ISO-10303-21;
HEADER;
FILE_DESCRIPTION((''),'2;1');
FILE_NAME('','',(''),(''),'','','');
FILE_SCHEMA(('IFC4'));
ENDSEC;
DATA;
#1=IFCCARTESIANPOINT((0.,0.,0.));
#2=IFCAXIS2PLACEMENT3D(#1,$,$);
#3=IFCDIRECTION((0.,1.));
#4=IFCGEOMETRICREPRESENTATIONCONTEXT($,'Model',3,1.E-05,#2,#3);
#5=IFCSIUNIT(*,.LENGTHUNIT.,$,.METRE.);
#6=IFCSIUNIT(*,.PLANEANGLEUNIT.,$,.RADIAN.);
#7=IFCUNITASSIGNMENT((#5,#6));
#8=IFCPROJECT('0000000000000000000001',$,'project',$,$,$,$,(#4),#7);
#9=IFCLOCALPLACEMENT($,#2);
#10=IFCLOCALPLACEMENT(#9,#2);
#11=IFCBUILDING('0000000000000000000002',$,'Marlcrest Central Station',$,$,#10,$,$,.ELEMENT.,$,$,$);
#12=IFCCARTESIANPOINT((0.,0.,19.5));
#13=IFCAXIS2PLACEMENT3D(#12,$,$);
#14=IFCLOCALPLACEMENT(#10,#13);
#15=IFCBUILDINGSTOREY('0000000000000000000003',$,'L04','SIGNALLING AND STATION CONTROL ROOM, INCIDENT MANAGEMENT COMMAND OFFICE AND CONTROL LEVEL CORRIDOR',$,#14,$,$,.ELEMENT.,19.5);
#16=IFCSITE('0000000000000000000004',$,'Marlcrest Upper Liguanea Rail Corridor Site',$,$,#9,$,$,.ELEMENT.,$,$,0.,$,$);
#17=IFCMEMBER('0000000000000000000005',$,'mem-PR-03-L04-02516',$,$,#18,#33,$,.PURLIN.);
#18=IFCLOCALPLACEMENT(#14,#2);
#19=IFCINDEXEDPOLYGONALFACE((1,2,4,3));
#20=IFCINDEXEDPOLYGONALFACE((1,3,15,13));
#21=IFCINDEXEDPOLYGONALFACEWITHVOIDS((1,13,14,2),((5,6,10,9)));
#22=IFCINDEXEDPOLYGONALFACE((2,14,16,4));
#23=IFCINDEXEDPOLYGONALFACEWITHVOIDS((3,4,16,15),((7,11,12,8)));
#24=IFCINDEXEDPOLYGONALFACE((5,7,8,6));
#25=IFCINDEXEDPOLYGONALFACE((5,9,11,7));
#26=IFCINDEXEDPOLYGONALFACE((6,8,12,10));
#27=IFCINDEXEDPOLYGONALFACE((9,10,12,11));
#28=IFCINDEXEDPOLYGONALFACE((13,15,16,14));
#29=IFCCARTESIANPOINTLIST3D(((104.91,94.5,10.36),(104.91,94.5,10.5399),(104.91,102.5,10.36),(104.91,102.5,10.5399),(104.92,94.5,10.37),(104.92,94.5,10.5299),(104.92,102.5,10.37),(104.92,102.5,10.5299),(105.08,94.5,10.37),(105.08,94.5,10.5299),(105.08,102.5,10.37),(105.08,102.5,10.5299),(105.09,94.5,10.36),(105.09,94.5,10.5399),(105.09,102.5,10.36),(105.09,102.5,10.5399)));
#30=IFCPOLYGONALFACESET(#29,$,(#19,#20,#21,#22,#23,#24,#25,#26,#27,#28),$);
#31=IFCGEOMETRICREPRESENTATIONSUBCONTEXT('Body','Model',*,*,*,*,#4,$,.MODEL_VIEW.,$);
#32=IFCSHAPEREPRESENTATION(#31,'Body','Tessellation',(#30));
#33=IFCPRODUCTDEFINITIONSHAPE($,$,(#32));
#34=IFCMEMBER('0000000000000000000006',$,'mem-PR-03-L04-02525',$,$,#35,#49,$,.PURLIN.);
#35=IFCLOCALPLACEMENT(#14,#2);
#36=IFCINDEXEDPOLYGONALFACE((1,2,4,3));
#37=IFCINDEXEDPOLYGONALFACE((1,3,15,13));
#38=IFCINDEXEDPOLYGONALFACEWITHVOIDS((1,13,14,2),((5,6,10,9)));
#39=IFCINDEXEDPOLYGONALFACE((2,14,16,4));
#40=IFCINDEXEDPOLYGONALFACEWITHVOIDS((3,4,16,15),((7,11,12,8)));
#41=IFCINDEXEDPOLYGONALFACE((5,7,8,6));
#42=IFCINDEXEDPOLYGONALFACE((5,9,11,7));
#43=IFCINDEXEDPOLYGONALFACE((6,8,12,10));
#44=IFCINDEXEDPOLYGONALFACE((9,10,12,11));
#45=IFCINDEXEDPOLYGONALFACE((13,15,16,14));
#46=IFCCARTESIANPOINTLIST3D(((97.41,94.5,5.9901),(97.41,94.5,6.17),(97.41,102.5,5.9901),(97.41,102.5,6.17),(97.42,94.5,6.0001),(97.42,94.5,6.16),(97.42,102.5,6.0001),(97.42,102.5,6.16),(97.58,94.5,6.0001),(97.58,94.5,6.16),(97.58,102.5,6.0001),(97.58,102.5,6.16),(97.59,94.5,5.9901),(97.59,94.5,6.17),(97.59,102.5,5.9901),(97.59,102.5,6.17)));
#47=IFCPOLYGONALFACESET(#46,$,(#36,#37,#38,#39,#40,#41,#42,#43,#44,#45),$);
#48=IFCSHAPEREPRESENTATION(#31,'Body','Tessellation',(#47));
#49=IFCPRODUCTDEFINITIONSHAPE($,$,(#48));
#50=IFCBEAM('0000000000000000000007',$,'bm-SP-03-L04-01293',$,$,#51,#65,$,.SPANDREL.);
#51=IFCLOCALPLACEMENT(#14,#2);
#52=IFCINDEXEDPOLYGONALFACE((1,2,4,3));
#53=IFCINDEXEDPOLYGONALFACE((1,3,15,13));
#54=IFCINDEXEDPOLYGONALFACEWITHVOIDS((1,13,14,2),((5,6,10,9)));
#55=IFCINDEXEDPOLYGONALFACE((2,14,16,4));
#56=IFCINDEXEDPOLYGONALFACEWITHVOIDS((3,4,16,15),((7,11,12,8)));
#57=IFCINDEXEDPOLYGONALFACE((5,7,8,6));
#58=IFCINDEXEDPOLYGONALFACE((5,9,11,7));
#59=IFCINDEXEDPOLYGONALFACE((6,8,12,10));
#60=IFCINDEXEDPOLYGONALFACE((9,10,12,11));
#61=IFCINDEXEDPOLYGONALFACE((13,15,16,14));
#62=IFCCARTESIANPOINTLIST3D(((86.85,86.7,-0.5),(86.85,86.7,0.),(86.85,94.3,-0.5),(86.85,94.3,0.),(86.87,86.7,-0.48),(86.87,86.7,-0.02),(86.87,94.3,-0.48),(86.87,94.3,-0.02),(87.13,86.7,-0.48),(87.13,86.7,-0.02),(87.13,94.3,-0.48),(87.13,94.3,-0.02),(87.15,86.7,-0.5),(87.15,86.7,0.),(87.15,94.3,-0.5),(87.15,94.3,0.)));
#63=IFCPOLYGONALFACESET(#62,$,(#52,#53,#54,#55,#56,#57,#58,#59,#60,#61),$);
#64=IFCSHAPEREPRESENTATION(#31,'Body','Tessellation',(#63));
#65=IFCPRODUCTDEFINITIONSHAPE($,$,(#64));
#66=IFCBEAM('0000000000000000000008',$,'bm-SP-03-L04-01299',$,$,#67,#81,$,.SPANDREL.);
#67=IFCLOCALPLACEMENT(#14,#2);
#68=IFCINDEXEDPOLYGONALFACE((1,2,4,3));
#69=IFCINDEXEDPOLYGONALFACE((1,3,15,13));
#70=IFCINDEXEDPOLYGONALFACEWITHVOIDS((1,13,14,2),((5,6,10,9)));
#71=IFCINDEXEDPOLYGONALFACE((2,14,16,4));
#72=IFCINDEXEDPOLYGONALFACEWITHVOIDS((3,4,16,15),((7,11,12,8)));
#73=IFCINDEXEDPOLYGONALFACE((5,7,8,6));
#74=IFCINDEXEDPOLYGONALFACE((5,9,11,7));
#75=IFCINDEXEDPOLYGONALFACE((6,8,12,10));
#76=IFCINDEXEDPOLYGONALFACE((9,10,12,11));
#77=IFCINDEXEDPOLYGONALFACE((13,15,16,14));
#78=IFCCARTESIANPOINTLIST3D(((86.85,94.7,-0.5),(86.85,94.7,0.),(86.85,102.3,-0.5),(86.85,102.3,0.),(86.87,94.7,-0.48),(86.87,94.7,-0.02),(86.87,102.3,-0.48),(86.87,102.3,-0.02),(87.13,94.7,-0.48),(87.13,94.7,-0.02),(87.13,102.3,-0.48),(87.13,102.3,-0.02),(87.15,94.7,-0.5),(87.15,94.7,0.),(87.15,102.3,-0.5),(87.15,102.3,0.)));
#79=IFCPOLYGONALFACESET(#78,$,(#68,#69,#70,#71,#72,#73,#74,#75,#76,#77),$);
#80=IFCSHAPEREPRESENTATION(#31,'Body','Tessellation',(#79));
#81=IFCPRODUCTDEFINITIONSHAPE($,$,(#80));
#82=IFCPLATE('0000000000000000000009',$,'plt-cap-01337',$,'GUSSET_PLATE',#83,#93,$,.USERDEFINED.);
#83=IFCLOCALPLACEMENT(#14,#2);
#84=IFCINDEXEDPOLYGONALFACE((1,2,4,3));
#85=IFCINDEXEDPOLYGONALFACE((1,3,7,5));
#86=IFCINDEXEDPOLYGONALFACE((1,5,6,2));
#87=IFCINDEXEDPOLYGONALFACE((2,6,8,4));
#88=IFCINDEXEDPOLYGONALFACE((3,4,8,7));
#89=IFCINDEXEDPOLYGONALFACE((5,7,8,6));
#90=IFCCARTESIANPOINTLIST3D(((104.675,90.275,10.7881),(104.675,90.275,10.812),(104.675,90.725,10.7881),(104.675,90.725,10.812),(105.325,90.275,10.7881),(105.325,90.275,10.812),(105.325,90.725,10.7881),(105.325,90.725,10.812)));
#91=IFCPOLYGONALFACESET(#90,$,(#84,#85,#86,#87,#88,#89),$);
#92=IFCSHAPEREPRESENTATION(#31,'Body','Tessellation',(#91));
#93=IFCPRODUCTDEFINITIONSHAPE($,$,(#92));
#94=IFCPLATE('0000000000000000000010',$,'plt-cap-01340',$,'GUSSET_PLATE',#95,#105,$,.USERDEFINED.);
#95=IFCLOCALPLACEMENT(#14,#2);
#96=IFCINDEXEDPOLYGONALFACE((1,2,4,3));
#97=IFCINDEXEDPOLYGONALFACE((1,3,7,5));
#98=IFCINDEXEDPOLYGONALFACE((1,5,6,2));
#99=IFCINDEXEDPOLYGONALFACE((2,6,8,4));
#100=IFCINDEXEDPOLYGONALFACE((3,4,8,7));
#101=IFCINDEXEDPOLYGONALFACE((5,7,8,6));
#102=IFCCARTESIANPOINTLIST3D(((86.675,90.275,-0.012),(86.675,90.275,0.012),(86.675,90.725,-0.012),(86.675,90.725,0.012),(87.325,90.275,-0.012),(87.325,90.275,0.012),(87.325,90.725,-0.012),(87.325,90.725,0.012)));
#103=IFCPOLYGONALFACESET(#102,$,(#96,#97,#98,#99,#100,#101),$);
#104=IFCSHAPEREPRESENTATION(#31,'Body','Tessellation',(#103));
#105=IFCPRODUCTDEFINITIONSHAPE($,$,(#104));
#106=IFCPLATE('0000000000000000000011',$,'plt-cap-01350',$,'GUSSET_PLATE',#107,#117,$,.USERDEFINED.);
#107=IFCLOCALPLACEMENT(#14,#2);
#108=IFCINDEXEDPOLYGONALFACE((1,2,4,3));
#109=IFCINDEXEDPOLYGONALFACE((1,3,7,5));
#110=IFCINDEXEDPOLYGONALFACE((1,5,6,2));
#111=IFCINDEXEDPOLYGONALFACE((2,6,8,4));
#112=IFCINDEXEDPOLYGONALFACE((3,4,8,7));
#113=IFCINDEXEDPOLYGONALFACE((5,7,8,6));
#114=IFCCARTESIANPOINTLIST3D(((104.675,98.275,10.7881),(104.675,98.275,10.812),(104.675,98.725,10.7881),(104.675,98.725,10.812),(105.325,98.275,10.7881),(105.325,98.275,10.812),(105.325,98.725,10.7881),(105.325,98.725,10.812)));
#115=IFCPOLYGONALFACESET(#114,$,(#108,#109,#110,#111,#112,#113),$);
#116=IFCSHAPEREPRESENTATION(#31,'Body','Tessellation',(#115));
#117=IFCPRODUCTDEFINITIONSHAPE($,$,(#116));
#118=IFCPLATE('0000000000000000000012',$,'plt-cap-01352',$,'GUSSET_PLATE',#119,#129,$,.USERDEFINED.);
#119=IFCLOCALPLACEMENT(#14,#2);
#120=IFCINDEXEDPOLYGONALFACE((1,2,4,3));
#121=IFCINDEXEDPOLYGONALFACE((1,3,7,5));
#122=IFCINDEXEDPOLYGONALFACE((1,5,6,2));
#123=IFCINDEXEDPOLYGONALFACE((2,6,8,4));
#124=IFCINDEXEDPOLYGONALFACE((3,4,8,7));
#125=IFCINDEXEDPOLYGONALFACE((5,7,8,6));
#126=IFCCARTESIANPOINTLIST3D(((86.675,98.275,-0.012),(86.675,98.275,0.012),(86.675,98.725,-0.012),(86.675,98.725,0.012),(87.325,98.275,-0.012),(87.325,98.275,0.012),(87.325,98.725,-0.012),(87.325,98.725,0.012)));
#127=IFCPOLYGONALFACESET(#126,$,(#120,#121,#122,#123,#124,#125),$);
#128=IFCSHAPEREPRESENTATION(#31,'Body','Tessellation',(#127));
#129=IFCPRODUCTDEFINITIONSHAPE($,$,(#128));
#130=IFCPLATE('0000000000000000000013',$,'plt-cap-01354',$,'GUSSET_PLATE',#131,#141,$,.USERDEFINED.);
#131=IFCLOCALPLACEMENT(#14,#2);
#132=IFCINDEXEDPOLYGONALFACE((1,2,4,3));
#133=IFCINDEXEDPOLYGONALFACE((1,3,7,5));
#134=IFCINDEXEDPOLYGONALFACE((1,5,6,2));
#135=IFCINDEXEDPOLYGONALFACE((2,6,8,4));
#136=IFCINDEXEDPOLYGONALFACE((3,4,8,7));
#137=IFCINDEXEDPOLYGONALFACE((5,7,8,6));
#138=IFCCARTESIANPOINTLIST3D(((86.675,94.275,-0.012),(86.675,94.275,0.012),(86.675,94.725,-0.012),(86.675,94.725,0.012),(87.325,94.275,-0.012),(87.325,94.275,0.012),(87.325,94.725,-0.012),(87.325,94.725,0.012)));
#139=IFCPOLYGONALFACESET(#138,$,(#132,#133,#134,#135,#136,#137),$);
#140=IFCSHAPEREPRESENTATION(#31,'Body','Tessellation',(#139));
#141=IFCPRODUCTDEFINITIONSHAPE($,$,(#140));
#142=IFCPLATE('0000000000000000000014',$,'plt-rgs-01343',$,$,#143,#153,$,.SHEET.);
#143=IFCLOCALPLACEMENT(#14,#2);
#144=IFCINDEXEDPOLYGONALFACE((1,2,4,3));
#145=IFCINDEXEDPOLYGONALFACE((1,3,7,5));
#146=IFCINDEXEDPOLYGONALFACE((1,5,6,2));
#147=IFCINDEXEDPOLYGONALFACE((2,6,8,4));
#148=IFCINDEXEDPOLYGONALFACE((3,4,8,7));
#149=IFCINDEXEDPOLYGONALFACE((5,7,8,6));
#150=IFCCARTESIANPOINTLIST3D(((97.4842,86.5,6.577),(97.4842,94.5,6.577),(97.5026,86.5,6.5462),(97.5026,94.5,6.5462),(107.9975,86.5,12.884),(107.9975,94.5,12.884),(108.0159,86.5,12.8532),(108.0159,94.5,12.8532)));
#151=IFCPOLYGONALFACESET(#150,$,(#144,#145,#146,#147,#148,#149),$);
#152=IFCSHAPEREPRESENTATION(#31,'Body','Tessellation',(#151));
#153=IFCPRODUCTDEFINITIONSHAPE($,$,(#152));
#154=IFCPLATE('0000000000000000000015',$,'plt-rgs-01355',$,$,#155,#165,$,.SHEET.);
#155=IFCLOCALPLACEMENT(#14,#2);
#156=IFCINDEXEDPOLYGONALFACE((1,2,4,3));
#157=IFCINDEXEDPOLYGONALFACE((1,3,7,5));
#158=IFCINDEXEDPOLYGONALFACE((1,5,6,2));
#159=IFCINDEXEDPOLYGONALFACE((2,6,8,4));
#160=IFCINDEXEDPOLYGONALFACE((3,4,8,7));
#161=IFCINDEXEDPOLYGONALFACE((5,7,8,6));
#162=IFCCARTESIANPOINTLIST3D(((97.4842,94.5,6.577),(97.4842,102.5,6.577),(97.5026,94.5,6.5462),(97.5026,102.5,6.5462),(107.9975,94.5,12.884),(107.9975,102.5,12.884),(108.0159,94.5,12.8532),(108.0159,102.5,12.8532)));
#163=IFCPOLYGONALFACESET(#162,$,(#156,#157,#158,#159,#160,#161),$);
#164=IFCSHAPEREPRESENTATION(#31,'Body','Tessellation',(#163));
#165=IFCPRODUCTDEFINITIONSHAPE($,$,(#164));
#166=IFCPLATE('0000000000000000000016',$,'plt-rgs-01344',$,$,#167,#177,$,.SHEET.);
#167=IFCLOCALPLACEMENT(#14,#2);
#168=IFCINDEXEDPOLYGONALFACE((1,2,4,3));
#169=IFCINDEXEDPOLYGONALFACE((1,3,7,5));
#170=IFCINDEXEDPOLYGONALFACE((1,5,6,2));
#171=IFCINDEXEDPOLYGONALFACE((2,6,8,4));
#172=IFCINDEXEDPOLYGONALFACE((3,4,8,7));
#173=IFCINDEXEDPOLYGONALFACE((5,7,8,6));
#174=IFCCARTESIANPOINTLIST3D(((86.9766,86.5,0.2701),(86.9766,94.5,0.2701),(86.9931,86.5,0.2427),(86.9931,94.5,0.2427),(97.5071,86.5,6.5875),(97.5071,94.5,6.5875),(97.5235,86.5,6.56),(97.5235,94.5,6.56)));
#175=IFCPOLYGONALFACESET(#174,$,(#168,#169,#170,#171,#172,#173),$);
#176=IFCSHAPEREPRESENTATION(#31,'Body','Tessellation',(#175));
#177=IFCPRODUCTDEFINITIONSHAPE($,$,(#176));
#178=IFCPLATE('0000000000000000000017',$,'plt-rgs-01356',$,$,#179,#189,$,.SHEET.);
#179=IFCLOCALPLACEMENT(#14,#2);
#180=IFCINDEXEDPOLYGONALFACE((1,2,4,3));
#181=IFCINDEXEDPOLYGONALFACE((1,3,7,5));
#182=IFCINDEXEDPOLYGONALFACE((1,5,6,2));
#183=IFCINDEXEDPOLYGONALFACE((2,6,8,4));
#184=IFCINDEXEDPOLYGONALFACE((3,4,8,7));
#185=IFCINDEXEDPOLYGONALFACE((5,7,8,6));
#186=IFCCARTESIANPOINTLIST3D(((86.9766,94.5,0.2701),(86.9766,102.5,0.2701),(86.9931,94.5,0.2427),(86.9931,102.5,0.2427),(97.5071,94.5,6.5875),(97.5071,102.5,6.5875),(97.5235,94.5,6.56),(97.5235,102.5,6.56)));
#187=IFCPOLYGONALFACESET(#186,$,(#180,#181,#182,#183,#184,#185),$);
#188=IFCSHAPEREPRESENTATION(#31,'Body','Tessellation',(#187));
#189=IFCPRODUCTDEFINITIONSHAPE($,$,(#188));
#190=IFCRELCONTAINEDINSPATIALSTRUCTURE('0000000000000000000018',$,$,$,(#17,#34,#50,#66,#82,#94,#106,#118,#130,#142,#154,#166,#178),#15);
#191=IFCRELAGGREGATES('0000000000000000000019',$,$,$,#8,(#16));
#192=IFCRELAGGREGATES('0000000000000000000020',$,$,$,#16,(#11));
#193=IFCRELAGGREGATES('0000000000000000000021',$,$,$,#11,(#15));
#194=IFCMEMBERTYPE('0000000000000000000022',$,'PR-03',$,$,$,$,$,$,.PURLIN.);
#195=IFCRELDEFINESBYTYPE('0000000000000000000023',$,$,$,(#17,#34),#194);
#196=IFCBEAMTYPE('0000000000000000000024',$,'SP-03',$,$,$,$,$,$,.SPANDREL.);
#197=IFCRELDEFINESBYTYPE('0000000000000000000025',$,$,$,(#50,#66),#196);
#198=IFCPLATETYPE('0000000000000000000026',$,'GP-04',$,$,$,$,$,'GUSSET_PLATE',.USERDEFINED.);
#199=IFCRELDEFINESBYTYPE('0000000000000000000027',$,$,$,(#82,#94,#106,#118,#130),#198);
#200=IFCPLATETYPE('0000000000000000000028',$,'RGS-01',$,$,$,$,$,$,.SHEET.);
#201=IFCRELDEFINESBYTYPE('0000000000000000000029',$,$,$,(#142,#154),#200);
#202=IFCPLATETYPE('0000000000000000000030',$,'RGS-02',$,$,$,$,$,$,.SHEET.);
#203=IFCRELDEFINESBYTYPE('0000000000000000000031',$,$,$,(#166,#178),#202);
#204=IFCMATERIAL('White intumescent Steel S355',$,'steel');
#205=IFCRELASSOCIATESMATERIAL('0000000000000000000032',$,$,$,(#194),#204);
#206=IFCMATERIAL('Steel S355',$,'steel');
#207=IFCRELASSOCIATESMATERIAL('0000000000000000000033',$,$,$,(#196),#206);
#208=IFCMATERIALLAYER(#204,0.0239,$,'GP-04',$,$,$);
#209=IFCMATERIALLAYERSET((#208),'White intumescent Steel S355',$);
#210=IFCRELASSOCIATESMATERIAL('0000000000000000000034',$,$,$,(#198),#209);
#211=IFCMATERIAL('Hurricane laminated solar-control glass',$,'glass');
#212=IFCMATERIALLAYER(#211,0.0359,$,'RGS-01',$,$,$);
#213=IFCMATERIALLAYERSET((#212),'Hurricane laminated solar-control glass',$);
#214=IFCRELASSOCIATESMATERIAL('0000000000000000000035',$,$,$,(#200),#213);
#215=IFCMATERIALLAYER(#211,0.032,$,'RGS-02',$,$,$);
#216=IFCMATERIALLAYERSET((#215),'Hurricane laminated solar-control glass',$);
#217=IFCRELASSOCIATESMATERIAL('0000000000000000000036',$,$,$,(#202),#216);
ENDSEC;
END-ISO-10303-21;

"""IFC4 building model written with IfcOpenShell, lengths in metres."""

from ifc_helpers import new_model, si_unit, direction, frame, origin, origin_2d, place, context, subcontext, project, spatial, rectangle, hollow_rectangle, extrude, material, layer, layer_set, material_profile, profile_set, type_object, element, save


model = new_model("IFC4")

# Units and contexts
model_context = context("Model", 3, precision=1e-05, world=origin(), true_north=direction((0.0, 1.0)))
body_context = subcontext(model_context, "Body", "Model", "MODEL_VIEW")
ifc_project = project(units=[si_unit("LENGTHUNIT", "METRE"), si_unit("PLANEANGLEUNIT", "RADIAN")], contexts=[model_context])

# Site, building, storey
site_placement = place(None, origin())
site = spatial("IfcSite", under=ifc_project, at=site_placement, Name="Marlcrest Upper Liguanea Rail Corridor Site", CompositionType="ELEMENT", RefElevation=0.0)
building_placement = place(site_placement, origin())
building = spatial("IfcBuilding", under=site, at=building_placement, Name="Marlcrest Central Station", CompositionType="ELEMENT")
storey_placement = place(building_placement, frame((0.0, 0.0, 19.5)))
storey = spatial("IfcBuildingStorey", under=building, at=storey_placement, Name="L04", Description="SIGNALLING AND STATION CONTROL ROOM, INCIDENT MANAGEMENT COMMAND OFFICE AND CONTROL LEVEL CORRIDOR", CompositionType="ELEMENT", Elevation=19.5)

# Members
ifc_material_1 = material(Name="White intumescent Steel S355", Category="steel")
ifc_material_profile_1 = material_profile(ifc_material_1, hollow_rectangle(XDim=0.1799, YDim=0.1799, WallThickness=0.01, at=origin_2d()), Name="SHS 180x180x10")
ifc_profile_set_1 = profile_set([ifc_material_profile_1], Name="White intumescent Steel S355")
member_type = type_object("IfcMemberType", Name="PR-03", PredefinedType="PURLIN", material=ifc_profile_set_1)
for number, where, z_axis, x_axis, name in (
    (1, (105.0, 94.5, 10.45), (0.0, 1.0, 0.0), (-1.0, 0.0, 0.0), "mem-PR-03-L04-02516"),
    (2, (97.5, 94.5, 6.0801), (0.0, 1.0, 0.0), (-1.0, 0.0, 0.0), "mem-PR-03-L04-02525"),
):
    element("IfcMember", number, at=place(storey_placement, frame(where, z_axis=z_axis, x_axis=x_axis)), inside=storey, type_object=member_type, Name=name, PredefinedType="PURLIN", context=body_context, shape_type="SweptSolid", body=[
        extrude(hollow_rectangle(XDim=0.1799, YDim=0.1799, WallThickness=0.01, at=origin_2d()), origin(), (0.0, 0.0, 1.0), 8.0),
    ])

# Beams
ifc_material_2 = material(Name="Steel S355", Category="steel")
ifc_material_profile_2 = material_profile(ifc_material_2, hollow_rectangle(XDim=0.3, YDim=0.5, WallThickness=0.02, at=origin_2d()), Name="RHS 500x300x20")
ifc_profile_set_2 = profile_set([ifc_material_profile_2], Name="Steel S355")
beam_type = type_object("IfcBeamType", Name="SP-03", PredefinedType="SPANDREL", material=ifc_profile_set_2)
for number, where, z_axis, x_axis, name in (
    (3, (87.0, 86.7, -0.25), (0.0, 1.0, 0.0), (-1.0, 0.0, 0.0), "bm-SP-03-L04-01293"),
    (4, (87.0, 94.7, -0.25), (0.0, 1.0, 0.0), (-1.0, 0.0, 0.0), "bm-SP-03-L04-01299"),
):
    element("IfcBeam", number, at=place(storey_placement, frame(where, z_axis=z_axis, x_axis=x_axis)), inside=storey, type_object=beam_type, Name=name, PredefinedType="SPANDREL", context=body_context, shape_type="SweptSolid", body=[
        extrude(hollow_rectangle(XDim=0.3, YDim=0.5, WallThickness=0.02, at=origin_2d()), origin(), (0.0, 0.0, 1.0), 7.6001),
    ])

# Plates
ifc_layer_1 = layer(ifc_material_1, 0.0239, Name="GP-04")
ifc_layer_set_1 = layer_set([ifc_layer_1], Name="White intumescent Steel S355")
plate_type_1 = type_object("IfcPlateType", Name="GP-04", ElementType="GUSSET_PLATE", PredefinedType="USERDEFINED", material=ifc_layer_set_1)
for number, where, z_axis, x_axis, name in (
    (5, (105.0, 90.5, 10.7881), (0.0, 0.0, 1.0), (1.0, 0.0, 0.0), "plt-cap-01337"),
    (6, (87.0, 90.5, -0.012), (0.0, 0.0, 1.0), (1.0, 0.0, 0.0), "plt-cap-01340"),
    (7, (105.0, 98.5, 10.7881), (0.0, 0.0, 1.0), (1.0, 0.0, 0.0), "plt-cap-01350"),
    (8, (87.0, 98.5, -0.012), (0.0, 0.0, 1.0), (1.0, 0.0, 0.0), "plt-cap-01352"),
    (9, (87.0, 94.5, -0.012), (0.0, 0.0, 1.0), (1.0, 0.0, 0.0), "plt-cap-01354"),
):
    element("IfcPlate", number, at=place(storey_placement, frame(where, z_axis=z_axis, x_axis=x_axis)), inside=storey, type_object=plate_type_1, Name=name, ObjectType="GUSSET_PLATE", PredefinedType="USERDEFINED", context=body_context, shape_type="SweptSolid", body=[
        extrude(rectangle(XDim=0.6499, YDim=0.45, at=origin_2d()), origin(), (0.0, 0.0, 1.0), 0.0239),
    ])
ifc_material_3 = material(Name="Hurricane laminated solar-control glass", Category="glass")
ifc_layer_2 = layer(ifc_material_3, 0.0359, Name="RGS-01")
ifc_layer_set_2 = layer_set([ifc_layer_2], Name="Hurricane laminated solar-control glass")
plate_type_2 = type_object("IfcPlateType", Name="RGS-01", PredefinedType="SHEET", material=ifc_layer_set_2)
for number, where, z_axis, x_axis, name in (
    (10, (102.7593, 90.5, 9.6997), (-0.51444, 0.0, 0.857527), (0.857527, 0.0, 0.51444), "plt-rgs-01343"),
    (11, (102.7593, 98.5, 9.6997), (-0.51444, 0.0, 0.857527), (0.857527, 0.0, 0.51444), "plt-rgs-01355"),
):
    element("IfcPlate", number, at=place(storey_placement, frame(where, z_axis=z_axis, x_axis=x_axis)), inside=storey, type_object=plate_type_2, Name=name, PredefinedType="SHEET", context=body_context, shape_type="SweptSolid", body=[
        extrude(rectangle(XDim=12.26, YDim=8.0, at=origin_2d()), origin(), (0.0, 0.0, 1.0), 0.0359),
    ])
ifc_layer_3 = layer(ifc_material_3, 0.032, Name="RGS-02")
ifc_layer_set_3 = layer_set([ifc_layer_3], Name="Hurricane laminated solar-control glass")
plate_type_3 = type_object("IfcPlateType", Name="RGS-02", PredefinedType="SHEET", material=ifc_layer_set_3)
for number, where, z_axis, x_axis, name in (
    (12, (92.2583, 90.5, 3.4014), (-0.51444, 0.0, 0.857527), (0.857527, 0.0, 0.51444), "plt-rgs-01344"),
    (13, (92.2583, 98.5, 3.4014), (-0.51444, 0.0, 0.857527), (0.857527, 0.0, 0.51444), "plt-rgs-01356"),
):
    element("IfcPlate", number, at=place(storey_placement, frame(where, z_axis=z_axis, x_axis=x_axis)), inside=storey, type_object=plate_type_3, Name=name, PredefinedType="SHEET", context=body_context, shape_type="SweptSolid", body=[
        extrude(rectangle(XDim=12.28, YDim=8.0, at=origin_2d()), origin(), (0.0, 0.0, 1.0), 0.032),
    ])

save(model, "model.ifc")
